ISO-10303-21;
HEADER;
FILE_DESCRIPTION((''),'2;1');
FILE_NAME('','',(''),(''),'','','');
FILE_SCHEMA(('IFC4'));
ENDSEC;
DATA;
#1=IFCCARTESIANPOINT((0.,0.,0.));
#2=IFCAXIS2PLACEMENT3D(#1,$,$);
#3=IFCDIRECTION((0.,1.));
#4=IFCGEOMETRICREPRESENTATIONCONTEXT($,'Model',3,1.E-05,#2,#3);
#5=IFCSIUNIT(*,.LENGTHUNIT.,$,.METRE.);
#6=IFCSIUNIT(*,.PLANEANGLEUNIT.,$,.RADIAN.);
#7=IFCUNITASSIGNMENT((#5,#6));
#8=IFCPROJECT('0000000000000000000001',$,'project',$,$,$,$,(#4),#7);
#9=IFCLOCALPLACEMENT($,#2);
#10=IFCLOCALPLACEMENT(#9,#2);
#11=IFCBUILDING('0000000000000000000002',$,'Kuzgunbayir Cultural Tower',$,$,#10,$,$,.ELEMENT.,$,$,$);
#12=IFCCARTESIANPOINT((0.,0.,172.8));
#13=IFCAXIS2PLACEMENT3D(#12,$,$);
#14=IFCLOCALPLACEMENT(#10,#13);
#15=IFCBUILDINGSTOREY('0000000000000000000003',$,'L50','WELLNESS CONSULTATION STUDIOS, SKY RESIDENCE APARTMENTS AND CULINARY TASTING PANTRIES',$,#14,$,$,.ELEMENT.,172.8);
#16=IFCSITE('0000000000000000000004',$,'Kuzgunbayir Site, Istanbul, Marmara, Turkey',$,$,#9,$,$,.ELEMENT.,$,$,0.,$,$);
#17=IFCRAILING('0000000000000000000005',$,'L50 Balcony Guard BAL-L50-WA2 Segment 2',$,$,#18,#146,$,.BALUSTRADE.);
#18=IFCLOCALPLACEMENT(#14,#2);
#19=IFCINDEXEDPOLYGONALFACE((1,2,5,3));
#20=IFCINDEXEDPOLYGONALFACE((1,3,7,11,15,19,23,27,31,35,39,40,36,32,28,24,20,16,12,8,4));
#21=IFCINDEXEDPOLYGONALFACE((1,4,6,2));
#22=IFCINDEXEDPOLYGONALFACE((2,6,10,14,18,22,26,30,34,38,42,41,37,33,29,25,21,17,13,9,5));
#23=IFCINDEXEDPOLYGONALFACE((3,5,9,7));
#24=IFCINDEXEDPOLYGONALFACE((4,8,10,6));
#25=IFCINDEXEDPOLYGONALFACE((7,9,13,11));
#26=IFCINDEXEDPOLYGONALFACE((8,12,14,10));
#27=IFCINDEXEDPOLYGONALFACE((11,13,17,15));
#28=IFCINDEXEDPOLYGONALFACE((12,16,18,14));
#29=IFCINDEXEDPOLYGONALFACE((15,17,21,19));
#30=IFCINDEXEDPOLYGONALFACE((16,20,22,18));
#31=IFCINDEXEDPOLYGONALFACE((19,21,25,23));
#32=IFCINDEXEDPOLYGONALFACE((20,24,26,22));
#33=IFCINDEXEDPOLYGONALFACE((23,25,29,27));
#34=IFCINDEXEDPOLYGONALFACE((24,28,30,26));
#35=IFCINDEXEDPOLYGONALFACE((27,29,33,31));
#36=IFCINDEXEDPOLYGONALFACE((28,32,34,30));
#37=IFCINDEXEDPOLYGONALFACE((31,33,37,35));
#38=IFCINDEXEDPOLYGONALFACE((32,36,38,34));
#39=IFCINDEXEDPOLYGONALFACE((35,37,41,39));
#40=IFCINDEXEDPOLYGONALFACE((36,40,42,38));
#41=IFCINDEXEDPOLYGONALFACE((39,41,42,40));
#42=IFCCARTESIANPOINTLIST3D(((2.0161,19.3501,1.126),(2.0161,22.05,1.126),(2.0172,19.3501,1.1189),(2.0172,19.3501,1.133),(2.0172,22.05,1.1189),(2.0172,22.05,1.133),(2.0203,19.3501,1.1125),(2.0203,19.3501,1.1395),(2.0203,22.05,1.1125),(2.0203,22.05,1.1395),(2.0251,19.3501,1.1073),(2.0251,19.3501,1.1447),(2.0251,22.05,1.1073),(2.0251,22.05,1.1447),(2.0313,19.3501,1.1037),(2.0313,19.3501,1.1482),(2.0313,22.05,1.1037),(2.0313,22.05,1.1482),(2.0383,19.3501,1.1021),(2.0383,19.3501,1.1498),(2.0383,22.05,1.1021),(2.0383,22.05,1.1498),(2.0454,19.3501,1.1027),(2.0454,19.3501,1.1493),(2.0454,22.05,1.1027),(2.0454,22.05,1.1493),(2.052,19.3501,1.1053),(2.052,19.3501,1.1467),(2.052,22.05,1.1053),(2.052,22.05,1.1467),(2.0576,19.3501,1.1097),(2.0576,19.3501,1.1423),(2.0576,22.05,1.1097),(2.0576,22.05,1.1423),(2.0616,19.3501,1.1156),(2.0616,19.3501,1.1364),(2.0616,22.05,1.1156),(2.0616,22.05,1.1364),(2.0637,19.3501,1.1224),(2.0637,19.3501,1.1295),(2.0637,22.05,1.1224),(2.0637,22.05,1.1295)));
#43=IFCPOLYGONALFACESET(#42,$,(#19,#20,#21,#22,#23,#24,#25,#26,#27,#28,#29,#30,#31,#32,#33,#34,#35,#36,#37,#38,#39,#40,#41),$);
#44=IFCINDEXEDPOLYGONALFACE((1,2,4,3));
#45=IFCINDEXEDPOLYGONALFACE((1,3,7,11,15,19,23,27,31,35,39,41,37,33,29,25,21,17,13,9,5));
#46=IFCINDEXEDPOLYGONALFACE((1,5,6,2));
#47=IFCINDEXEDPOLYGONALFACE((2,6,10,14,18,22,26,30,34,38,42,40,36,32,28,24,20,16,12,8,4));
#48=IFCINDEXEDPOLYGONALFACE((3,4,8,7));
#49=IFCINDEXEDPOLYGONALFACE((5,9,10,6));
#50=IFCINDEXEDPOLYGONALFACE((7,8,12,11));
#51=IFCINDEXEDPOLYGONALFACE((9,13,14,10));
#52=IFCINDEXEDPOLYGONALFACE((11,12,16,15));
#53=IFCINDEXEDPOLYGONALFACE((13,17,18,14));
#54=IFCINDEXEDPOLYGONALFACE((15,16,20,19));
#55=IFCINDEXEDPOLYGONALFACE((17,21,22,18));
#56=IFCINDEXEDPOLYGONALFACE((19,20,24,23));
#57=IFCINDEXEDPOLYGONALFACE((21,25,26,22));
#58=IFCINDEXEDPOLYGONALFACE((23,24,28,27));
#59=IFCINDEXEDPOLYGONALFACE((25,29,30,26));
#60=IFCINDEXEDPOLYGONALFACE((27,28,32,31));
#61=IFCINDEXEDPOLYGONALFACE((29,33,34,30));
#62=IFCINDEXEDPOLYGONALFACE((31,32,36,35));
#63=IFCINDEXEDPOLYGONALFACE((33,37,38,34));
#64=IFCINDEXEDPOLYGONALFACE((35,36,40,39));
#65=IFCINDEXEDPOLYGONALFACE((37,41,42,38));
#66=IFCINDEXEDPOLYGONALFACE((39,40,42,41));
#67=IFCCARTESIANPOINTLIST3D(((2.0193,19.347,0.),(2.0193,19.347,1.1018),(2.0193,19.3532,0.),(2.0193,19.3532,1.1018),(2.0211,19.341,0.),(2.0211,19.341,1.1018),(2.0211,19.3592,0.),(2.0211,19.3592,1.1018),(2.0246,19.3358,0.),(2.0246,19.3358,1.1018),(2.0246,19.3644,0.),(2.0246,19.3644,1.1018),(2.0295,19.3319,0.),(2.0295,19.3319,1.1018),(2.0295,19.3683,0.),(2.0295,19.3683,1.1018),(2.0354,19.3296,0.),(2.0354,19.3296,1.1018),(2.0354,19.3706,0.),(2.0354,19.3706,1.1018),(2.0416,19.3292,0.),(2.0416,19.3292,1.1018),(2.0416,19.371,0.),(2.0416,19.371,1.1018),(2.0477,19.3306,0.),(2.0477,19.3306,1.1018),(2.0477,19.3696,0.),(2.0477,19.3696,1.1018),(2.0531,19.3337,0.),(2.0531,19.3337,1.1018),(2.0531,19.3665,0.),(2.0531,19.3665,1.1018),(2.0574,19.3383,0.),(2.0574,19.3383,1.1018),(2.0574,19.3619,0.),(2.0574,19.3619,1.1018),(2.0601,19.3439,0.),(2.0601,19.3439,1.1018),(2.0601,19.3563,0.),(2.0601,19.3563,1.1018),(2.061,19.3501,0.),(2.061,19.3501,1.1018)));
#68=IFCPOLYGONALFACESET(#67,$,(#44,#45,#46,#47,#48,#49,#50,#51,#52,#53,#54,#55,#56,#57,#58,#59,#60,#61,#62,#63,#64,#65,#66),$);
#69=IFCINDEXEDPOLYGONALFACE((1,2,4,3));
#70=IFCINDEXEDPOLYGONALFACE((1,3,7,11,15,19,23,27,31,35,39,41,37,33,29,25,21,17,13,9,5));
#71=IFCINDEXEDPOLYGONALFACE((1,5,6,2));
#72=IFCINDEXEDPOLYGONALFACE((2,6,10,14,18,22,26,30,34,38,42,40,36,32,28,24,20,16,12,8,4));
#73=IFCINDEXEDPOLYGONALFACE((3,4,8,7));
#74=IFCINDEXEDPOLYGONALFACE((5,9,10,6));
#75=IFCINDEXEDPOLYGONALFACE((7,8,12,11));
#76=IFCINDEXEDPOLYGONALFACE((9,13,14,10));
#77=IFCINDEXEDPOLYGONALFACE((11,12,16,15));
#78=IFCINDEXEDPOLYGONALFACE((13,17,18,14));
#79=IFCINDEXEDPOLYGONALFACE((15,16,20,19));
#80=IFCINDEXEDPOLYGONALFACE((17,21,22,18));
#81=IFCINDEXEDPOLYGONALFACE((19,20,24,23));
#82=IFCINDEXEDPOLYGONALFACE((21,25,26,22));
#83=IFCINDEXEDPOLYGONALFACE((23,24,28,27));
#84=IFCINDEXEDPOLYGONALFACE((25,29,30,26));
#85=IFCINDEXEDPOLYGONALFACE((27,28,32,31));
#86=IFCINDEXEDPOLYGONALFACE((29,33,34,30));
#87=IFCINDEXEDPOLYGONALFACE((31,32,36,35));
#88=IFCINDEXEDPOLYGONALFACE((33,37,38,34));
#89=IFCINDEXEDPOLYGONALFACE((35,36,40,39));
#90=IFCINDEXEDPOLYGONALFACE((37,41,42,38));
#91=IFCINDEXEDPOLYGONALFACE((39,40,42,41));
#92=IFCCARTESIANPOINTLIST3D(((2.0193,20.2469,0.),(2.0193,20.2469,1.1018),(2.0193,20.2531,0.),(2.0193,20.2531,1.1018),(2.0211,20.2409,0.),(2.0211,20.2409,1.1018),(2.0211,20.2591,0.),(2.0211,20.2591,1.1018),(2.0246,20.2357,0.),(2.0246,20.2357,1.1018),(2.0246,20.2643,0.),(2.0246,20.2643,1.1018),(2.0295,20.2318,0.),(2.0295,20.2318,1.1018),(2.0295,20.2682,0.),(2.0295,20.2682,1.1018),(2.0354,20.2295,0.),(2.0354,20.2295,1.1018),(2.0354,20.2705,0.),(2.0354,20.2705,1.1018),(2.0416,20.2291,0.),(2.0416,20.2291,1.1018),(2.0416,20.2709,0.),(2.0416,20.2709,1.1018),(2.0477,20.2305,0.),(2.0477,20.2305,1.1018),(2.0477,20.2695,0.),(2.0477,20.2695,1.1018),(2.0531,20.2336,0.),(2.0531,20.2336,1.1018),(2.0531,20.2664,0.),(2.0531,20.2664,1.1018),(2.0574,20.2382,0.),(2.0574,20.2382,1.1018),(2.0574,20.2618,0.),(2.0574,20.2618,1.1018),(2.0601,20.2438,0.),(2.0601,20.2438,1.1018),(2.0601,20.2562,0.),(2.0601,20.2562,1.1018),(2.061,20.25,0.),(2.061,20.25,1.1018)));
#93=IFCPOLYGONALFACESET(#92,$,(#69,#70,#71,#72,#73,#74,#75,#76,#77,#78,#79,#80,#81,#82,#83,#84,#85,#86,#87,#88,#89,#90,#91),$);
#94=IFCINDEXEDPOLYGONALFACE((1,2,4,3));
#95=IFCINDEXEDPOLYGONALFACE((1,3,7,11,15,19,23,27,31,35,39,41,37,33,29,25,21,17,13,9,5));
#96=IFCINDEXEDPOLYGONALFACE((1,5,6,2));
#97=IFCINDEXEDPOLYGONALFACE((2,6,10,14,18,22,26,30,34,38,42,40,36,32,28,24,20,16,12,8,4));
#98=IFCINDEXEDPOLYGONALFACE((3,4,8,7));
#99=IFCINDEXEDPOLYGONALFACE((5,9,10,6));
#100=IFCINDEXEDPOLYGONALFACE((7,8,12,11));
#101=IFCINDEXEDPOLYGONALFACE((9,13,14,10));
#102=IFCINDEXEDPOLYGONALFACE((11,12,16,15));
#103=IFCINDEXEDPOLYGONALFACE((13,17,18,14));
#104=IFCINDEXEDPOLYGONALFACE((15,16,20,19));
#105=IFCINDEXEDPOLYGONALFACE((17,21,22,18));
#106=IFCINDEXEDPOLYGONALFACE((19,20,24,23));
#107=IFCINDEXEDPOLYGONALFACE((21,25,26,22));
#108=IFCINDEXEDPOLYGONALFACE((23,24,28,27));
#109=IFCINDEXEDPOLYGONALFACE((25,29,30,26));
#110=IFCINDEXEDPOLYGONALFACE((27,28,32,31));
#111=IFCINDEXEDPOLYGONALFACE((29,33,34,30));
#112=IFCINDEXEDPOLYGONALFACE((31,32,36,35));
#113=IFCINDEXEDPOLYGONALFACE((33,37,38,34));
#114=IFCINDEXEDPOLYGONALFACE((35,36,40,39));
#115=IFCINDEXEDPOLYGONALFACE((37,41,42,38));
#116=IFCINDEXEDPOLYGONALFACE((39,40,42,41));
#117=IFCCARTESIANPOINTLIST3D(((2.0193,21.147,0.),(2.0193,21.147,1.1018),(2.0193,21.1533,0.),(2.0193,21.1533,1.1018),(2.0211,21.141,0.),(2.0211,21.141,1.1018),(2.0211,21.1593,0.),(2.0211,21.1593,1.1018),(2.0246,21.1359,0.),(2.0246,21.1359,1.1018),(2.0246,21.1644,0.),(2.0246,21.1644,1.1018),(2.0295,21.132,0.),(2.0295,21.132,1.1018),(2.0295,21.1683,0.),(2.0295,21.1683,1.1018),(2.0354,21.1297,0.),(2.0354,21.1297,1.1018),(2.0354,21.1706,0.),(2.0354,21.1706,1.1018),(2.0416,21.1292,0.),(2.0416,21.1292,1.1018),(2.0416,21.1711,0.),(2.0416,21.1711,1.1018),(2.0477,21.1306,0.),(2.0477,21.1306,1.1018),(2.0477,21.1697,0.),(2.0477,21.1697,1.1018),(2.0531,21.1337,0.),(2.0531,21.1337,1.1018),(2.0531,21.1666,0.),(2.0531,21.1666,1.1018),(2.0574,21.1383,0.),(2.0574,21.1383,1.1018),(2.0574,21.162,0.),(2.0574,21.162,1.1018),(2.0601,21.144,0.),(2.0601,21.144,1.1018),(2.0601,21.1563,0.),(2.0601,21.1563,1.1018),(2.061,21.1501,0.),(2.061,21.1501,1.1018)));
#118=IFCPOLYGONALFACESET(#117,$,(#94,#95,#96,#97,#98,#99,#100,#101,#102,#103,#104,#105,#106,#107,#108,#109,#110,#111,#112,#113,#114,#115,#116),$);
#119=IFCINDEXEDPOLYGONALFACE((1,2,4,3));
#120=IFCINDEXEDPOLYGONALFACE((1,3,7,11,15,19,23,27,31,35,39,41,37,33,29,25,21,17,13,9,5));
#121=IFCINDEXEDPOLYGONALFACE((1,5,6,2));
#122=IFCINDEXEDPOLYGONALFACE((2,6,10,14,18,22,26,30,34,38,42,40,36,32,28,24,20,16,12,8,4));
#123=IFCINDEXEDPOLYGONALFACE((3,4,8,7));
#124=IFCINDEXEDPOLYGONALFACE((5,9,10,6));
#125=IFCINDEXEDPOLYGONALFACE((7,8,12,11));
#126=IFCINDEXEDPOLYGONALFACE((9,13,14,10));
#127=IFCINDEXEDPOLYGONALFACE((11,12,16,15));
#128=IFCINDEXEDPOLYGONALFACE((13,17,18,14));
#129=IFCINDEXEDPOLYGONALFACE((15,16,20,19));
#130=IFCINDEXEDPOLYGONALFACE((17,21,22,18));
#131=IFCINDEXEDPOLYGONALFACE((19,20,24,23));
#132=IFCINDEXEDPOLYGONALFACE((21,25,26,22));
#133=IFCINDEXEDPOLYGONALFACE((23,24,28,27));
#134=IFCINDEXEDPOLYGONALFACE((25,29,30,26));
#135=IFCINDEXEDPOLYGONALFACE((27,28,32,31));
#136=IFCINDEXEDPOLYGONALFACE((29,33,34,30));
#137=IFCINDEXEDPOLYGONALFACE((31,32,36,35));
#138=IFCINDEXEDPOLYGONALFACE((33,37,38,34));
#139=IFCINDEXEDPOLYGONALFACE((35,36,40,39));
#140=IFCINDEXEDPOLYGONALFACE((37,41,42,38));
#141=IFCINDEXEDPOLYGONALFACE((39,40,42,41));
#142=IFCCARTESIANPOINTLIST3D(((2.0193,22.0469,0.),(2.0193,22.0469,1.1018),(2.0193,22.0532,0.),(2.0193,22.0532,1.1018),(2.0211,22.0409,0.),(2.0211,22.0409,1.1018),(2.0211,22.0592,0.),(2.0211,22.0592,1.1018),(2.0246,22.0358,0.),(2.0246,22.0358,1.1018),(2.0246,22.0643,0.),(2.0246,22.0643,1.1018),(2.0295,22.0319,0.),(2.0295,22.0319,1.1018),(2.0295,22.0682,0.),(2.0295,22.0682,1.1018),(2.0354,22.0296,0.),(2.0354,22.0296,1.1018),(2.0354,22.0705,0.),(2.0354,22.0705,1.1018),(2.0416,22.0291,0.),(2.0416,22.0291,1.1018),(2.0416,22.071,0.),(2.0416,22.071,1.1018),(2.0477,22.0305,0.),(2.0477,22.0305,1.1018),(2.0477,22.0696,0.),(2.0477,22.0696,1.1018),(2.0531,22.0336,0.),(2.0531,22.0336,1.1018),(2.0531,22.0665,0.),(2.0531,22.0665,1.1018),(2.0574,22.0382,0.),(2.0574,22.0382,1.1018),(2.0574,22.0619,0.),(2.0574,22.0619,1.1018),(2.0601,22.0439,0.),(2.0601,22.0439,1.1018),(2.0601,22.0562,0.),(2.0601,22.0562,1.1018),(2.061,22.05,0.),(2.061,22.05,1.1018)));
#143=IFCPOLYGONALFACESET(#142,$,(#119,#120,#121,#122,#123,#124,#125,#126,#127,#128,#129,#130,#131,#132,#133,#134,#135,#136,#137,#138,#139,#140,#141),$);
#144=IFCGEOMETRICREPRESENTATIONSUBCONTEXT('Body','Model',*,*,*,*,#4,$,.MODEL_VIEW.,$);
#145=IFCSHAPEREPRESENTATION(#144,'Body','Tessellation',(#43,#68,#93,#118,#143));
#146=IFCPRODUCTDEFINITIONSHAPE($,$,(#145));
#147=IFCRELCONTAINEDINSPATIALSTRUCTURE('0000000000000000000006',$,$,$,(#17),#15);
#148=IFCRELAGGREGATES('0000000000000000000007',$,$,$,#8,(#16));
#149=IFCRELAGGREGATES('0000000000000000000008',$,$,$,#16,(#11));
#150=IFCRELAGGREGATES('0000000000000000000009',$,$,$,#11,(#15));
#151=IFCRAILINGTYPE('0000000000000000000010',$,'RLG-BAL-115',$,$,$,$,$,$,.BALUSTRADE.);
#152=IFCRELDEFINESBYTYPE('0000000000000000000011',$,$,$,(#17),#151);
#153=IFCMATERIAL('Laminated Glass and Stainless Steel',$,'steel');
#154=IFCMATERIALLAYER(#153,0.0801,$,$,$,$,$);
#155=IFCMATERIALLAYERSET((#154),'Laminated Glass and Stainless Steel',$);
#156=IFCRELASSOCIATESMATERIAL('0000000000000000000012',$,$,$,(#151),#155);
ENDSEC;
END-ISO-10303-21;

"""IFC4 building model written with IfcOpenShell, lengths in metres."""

from ifc_helpers import new_model, si_unit, direction, frame, origin, origin_2d, place, context, subcontext, project, spatial, circle, extrude, material, layer, layer_set, type_object, element, save


model = new_model("IFC4")

# Units and contexts
model_context = context("Model", 3, precision=1e-05, world=origin(), true_north=direction((0.0, 1.0)))
body_context = subcontext(model_context, "Body", "Model", "MODEL_VIEW")
ifc_project = project(units=[si_unit("LENGTHUNIT", "METRE"), si_unit("PLANEANGLEUNIT", "RADIAN")], contexts=[model_context])

# Site, building, storey
site_placement = place(None, origin())
site = spatial("IfcSite", under=ifc_project, at=site_placement, Name="Kuzgunbayir Site, Istanbul, Marmara, Turkey", CompositionType="ELEMENT", RefElevation=0.0)
building_placement = place(site_placement, origin())
building = spatial("IfcBuilding", under=site, at=building_placement, Name="Kuzgunbayir Cultural Tower", CompositionType="ELEMENT")
storey_placement = place(building_placement, frame((0.0, 0.0, 172.8)))
storey = spatial("IfcBuildingStorey", under=building, at=storey_placement, Name="L50", Description="WELLNESS CONSULTATION STUDIOS, SKY RESIDENCE APARTMENTS AND CULINARY TASTING PANTRIES", CompositionType="ELEMENT", Elevation=172.8)

# Railing
ifc_material_1 = material(Name="Laminated Glass and Stainless Steel", Category="steel")
ifc_layer_1 = layer(ifc_material_1, 0.0801)
ifc_layer_set_1 = layer_set([ifc_layer_1], Name="Laminated Glass and Stainless Steel")
railing_type = type_object("IfcRailingType", Name="RLG-BAL-115", PredefinedType="BALUSTRADE", material=ifc_layer_set_1)
railing_1_placement = place(storey_placement, frame((2.04, 19.3501, 0.0)))
element("IfcRailing", 1, at=railing_1_placement, inside=storey, type_object=railing_type, Name="L50 Balcony Guard BAL-L50-WA2 Segment 2", PredefinedType="BALUSTRADE", context=body_context, shape_type="SweptSolid", body=[
    extrude(circle(Radius=0.0239, at=origin_2d()), frame((0.0, 0.0, 1.126), z_axis=(0.0, 1.0, 0.0), x_axis=(-1.0, 0.0, 0.0)), (0.0, 0.0, 1.0), 2.7),
    extrude(circle(Radius=0.021, at=origin_2d()), origin(), (0.0, 0.0, 1.0), 1.1018),
    extrude(circle(Radius=0.021, at=origin_2d()), frame((0.0, 0.8999, 0.0)), (0.0, 0.0, 1.0), 1.1018),
    extrude(circle(Radius=0.021, at=origin_2d()), frame((0.0, 1.8, 0.0)), (0.0, 0.0, 1.0), 1.1018),
    extrude(circle(Radius=0.021, at=origin_2d()), frame((0.0, 2.7, 0.0)), (0.0, 0.0, 1.0), 1.1018),
])

save(model, "model.ifc")
